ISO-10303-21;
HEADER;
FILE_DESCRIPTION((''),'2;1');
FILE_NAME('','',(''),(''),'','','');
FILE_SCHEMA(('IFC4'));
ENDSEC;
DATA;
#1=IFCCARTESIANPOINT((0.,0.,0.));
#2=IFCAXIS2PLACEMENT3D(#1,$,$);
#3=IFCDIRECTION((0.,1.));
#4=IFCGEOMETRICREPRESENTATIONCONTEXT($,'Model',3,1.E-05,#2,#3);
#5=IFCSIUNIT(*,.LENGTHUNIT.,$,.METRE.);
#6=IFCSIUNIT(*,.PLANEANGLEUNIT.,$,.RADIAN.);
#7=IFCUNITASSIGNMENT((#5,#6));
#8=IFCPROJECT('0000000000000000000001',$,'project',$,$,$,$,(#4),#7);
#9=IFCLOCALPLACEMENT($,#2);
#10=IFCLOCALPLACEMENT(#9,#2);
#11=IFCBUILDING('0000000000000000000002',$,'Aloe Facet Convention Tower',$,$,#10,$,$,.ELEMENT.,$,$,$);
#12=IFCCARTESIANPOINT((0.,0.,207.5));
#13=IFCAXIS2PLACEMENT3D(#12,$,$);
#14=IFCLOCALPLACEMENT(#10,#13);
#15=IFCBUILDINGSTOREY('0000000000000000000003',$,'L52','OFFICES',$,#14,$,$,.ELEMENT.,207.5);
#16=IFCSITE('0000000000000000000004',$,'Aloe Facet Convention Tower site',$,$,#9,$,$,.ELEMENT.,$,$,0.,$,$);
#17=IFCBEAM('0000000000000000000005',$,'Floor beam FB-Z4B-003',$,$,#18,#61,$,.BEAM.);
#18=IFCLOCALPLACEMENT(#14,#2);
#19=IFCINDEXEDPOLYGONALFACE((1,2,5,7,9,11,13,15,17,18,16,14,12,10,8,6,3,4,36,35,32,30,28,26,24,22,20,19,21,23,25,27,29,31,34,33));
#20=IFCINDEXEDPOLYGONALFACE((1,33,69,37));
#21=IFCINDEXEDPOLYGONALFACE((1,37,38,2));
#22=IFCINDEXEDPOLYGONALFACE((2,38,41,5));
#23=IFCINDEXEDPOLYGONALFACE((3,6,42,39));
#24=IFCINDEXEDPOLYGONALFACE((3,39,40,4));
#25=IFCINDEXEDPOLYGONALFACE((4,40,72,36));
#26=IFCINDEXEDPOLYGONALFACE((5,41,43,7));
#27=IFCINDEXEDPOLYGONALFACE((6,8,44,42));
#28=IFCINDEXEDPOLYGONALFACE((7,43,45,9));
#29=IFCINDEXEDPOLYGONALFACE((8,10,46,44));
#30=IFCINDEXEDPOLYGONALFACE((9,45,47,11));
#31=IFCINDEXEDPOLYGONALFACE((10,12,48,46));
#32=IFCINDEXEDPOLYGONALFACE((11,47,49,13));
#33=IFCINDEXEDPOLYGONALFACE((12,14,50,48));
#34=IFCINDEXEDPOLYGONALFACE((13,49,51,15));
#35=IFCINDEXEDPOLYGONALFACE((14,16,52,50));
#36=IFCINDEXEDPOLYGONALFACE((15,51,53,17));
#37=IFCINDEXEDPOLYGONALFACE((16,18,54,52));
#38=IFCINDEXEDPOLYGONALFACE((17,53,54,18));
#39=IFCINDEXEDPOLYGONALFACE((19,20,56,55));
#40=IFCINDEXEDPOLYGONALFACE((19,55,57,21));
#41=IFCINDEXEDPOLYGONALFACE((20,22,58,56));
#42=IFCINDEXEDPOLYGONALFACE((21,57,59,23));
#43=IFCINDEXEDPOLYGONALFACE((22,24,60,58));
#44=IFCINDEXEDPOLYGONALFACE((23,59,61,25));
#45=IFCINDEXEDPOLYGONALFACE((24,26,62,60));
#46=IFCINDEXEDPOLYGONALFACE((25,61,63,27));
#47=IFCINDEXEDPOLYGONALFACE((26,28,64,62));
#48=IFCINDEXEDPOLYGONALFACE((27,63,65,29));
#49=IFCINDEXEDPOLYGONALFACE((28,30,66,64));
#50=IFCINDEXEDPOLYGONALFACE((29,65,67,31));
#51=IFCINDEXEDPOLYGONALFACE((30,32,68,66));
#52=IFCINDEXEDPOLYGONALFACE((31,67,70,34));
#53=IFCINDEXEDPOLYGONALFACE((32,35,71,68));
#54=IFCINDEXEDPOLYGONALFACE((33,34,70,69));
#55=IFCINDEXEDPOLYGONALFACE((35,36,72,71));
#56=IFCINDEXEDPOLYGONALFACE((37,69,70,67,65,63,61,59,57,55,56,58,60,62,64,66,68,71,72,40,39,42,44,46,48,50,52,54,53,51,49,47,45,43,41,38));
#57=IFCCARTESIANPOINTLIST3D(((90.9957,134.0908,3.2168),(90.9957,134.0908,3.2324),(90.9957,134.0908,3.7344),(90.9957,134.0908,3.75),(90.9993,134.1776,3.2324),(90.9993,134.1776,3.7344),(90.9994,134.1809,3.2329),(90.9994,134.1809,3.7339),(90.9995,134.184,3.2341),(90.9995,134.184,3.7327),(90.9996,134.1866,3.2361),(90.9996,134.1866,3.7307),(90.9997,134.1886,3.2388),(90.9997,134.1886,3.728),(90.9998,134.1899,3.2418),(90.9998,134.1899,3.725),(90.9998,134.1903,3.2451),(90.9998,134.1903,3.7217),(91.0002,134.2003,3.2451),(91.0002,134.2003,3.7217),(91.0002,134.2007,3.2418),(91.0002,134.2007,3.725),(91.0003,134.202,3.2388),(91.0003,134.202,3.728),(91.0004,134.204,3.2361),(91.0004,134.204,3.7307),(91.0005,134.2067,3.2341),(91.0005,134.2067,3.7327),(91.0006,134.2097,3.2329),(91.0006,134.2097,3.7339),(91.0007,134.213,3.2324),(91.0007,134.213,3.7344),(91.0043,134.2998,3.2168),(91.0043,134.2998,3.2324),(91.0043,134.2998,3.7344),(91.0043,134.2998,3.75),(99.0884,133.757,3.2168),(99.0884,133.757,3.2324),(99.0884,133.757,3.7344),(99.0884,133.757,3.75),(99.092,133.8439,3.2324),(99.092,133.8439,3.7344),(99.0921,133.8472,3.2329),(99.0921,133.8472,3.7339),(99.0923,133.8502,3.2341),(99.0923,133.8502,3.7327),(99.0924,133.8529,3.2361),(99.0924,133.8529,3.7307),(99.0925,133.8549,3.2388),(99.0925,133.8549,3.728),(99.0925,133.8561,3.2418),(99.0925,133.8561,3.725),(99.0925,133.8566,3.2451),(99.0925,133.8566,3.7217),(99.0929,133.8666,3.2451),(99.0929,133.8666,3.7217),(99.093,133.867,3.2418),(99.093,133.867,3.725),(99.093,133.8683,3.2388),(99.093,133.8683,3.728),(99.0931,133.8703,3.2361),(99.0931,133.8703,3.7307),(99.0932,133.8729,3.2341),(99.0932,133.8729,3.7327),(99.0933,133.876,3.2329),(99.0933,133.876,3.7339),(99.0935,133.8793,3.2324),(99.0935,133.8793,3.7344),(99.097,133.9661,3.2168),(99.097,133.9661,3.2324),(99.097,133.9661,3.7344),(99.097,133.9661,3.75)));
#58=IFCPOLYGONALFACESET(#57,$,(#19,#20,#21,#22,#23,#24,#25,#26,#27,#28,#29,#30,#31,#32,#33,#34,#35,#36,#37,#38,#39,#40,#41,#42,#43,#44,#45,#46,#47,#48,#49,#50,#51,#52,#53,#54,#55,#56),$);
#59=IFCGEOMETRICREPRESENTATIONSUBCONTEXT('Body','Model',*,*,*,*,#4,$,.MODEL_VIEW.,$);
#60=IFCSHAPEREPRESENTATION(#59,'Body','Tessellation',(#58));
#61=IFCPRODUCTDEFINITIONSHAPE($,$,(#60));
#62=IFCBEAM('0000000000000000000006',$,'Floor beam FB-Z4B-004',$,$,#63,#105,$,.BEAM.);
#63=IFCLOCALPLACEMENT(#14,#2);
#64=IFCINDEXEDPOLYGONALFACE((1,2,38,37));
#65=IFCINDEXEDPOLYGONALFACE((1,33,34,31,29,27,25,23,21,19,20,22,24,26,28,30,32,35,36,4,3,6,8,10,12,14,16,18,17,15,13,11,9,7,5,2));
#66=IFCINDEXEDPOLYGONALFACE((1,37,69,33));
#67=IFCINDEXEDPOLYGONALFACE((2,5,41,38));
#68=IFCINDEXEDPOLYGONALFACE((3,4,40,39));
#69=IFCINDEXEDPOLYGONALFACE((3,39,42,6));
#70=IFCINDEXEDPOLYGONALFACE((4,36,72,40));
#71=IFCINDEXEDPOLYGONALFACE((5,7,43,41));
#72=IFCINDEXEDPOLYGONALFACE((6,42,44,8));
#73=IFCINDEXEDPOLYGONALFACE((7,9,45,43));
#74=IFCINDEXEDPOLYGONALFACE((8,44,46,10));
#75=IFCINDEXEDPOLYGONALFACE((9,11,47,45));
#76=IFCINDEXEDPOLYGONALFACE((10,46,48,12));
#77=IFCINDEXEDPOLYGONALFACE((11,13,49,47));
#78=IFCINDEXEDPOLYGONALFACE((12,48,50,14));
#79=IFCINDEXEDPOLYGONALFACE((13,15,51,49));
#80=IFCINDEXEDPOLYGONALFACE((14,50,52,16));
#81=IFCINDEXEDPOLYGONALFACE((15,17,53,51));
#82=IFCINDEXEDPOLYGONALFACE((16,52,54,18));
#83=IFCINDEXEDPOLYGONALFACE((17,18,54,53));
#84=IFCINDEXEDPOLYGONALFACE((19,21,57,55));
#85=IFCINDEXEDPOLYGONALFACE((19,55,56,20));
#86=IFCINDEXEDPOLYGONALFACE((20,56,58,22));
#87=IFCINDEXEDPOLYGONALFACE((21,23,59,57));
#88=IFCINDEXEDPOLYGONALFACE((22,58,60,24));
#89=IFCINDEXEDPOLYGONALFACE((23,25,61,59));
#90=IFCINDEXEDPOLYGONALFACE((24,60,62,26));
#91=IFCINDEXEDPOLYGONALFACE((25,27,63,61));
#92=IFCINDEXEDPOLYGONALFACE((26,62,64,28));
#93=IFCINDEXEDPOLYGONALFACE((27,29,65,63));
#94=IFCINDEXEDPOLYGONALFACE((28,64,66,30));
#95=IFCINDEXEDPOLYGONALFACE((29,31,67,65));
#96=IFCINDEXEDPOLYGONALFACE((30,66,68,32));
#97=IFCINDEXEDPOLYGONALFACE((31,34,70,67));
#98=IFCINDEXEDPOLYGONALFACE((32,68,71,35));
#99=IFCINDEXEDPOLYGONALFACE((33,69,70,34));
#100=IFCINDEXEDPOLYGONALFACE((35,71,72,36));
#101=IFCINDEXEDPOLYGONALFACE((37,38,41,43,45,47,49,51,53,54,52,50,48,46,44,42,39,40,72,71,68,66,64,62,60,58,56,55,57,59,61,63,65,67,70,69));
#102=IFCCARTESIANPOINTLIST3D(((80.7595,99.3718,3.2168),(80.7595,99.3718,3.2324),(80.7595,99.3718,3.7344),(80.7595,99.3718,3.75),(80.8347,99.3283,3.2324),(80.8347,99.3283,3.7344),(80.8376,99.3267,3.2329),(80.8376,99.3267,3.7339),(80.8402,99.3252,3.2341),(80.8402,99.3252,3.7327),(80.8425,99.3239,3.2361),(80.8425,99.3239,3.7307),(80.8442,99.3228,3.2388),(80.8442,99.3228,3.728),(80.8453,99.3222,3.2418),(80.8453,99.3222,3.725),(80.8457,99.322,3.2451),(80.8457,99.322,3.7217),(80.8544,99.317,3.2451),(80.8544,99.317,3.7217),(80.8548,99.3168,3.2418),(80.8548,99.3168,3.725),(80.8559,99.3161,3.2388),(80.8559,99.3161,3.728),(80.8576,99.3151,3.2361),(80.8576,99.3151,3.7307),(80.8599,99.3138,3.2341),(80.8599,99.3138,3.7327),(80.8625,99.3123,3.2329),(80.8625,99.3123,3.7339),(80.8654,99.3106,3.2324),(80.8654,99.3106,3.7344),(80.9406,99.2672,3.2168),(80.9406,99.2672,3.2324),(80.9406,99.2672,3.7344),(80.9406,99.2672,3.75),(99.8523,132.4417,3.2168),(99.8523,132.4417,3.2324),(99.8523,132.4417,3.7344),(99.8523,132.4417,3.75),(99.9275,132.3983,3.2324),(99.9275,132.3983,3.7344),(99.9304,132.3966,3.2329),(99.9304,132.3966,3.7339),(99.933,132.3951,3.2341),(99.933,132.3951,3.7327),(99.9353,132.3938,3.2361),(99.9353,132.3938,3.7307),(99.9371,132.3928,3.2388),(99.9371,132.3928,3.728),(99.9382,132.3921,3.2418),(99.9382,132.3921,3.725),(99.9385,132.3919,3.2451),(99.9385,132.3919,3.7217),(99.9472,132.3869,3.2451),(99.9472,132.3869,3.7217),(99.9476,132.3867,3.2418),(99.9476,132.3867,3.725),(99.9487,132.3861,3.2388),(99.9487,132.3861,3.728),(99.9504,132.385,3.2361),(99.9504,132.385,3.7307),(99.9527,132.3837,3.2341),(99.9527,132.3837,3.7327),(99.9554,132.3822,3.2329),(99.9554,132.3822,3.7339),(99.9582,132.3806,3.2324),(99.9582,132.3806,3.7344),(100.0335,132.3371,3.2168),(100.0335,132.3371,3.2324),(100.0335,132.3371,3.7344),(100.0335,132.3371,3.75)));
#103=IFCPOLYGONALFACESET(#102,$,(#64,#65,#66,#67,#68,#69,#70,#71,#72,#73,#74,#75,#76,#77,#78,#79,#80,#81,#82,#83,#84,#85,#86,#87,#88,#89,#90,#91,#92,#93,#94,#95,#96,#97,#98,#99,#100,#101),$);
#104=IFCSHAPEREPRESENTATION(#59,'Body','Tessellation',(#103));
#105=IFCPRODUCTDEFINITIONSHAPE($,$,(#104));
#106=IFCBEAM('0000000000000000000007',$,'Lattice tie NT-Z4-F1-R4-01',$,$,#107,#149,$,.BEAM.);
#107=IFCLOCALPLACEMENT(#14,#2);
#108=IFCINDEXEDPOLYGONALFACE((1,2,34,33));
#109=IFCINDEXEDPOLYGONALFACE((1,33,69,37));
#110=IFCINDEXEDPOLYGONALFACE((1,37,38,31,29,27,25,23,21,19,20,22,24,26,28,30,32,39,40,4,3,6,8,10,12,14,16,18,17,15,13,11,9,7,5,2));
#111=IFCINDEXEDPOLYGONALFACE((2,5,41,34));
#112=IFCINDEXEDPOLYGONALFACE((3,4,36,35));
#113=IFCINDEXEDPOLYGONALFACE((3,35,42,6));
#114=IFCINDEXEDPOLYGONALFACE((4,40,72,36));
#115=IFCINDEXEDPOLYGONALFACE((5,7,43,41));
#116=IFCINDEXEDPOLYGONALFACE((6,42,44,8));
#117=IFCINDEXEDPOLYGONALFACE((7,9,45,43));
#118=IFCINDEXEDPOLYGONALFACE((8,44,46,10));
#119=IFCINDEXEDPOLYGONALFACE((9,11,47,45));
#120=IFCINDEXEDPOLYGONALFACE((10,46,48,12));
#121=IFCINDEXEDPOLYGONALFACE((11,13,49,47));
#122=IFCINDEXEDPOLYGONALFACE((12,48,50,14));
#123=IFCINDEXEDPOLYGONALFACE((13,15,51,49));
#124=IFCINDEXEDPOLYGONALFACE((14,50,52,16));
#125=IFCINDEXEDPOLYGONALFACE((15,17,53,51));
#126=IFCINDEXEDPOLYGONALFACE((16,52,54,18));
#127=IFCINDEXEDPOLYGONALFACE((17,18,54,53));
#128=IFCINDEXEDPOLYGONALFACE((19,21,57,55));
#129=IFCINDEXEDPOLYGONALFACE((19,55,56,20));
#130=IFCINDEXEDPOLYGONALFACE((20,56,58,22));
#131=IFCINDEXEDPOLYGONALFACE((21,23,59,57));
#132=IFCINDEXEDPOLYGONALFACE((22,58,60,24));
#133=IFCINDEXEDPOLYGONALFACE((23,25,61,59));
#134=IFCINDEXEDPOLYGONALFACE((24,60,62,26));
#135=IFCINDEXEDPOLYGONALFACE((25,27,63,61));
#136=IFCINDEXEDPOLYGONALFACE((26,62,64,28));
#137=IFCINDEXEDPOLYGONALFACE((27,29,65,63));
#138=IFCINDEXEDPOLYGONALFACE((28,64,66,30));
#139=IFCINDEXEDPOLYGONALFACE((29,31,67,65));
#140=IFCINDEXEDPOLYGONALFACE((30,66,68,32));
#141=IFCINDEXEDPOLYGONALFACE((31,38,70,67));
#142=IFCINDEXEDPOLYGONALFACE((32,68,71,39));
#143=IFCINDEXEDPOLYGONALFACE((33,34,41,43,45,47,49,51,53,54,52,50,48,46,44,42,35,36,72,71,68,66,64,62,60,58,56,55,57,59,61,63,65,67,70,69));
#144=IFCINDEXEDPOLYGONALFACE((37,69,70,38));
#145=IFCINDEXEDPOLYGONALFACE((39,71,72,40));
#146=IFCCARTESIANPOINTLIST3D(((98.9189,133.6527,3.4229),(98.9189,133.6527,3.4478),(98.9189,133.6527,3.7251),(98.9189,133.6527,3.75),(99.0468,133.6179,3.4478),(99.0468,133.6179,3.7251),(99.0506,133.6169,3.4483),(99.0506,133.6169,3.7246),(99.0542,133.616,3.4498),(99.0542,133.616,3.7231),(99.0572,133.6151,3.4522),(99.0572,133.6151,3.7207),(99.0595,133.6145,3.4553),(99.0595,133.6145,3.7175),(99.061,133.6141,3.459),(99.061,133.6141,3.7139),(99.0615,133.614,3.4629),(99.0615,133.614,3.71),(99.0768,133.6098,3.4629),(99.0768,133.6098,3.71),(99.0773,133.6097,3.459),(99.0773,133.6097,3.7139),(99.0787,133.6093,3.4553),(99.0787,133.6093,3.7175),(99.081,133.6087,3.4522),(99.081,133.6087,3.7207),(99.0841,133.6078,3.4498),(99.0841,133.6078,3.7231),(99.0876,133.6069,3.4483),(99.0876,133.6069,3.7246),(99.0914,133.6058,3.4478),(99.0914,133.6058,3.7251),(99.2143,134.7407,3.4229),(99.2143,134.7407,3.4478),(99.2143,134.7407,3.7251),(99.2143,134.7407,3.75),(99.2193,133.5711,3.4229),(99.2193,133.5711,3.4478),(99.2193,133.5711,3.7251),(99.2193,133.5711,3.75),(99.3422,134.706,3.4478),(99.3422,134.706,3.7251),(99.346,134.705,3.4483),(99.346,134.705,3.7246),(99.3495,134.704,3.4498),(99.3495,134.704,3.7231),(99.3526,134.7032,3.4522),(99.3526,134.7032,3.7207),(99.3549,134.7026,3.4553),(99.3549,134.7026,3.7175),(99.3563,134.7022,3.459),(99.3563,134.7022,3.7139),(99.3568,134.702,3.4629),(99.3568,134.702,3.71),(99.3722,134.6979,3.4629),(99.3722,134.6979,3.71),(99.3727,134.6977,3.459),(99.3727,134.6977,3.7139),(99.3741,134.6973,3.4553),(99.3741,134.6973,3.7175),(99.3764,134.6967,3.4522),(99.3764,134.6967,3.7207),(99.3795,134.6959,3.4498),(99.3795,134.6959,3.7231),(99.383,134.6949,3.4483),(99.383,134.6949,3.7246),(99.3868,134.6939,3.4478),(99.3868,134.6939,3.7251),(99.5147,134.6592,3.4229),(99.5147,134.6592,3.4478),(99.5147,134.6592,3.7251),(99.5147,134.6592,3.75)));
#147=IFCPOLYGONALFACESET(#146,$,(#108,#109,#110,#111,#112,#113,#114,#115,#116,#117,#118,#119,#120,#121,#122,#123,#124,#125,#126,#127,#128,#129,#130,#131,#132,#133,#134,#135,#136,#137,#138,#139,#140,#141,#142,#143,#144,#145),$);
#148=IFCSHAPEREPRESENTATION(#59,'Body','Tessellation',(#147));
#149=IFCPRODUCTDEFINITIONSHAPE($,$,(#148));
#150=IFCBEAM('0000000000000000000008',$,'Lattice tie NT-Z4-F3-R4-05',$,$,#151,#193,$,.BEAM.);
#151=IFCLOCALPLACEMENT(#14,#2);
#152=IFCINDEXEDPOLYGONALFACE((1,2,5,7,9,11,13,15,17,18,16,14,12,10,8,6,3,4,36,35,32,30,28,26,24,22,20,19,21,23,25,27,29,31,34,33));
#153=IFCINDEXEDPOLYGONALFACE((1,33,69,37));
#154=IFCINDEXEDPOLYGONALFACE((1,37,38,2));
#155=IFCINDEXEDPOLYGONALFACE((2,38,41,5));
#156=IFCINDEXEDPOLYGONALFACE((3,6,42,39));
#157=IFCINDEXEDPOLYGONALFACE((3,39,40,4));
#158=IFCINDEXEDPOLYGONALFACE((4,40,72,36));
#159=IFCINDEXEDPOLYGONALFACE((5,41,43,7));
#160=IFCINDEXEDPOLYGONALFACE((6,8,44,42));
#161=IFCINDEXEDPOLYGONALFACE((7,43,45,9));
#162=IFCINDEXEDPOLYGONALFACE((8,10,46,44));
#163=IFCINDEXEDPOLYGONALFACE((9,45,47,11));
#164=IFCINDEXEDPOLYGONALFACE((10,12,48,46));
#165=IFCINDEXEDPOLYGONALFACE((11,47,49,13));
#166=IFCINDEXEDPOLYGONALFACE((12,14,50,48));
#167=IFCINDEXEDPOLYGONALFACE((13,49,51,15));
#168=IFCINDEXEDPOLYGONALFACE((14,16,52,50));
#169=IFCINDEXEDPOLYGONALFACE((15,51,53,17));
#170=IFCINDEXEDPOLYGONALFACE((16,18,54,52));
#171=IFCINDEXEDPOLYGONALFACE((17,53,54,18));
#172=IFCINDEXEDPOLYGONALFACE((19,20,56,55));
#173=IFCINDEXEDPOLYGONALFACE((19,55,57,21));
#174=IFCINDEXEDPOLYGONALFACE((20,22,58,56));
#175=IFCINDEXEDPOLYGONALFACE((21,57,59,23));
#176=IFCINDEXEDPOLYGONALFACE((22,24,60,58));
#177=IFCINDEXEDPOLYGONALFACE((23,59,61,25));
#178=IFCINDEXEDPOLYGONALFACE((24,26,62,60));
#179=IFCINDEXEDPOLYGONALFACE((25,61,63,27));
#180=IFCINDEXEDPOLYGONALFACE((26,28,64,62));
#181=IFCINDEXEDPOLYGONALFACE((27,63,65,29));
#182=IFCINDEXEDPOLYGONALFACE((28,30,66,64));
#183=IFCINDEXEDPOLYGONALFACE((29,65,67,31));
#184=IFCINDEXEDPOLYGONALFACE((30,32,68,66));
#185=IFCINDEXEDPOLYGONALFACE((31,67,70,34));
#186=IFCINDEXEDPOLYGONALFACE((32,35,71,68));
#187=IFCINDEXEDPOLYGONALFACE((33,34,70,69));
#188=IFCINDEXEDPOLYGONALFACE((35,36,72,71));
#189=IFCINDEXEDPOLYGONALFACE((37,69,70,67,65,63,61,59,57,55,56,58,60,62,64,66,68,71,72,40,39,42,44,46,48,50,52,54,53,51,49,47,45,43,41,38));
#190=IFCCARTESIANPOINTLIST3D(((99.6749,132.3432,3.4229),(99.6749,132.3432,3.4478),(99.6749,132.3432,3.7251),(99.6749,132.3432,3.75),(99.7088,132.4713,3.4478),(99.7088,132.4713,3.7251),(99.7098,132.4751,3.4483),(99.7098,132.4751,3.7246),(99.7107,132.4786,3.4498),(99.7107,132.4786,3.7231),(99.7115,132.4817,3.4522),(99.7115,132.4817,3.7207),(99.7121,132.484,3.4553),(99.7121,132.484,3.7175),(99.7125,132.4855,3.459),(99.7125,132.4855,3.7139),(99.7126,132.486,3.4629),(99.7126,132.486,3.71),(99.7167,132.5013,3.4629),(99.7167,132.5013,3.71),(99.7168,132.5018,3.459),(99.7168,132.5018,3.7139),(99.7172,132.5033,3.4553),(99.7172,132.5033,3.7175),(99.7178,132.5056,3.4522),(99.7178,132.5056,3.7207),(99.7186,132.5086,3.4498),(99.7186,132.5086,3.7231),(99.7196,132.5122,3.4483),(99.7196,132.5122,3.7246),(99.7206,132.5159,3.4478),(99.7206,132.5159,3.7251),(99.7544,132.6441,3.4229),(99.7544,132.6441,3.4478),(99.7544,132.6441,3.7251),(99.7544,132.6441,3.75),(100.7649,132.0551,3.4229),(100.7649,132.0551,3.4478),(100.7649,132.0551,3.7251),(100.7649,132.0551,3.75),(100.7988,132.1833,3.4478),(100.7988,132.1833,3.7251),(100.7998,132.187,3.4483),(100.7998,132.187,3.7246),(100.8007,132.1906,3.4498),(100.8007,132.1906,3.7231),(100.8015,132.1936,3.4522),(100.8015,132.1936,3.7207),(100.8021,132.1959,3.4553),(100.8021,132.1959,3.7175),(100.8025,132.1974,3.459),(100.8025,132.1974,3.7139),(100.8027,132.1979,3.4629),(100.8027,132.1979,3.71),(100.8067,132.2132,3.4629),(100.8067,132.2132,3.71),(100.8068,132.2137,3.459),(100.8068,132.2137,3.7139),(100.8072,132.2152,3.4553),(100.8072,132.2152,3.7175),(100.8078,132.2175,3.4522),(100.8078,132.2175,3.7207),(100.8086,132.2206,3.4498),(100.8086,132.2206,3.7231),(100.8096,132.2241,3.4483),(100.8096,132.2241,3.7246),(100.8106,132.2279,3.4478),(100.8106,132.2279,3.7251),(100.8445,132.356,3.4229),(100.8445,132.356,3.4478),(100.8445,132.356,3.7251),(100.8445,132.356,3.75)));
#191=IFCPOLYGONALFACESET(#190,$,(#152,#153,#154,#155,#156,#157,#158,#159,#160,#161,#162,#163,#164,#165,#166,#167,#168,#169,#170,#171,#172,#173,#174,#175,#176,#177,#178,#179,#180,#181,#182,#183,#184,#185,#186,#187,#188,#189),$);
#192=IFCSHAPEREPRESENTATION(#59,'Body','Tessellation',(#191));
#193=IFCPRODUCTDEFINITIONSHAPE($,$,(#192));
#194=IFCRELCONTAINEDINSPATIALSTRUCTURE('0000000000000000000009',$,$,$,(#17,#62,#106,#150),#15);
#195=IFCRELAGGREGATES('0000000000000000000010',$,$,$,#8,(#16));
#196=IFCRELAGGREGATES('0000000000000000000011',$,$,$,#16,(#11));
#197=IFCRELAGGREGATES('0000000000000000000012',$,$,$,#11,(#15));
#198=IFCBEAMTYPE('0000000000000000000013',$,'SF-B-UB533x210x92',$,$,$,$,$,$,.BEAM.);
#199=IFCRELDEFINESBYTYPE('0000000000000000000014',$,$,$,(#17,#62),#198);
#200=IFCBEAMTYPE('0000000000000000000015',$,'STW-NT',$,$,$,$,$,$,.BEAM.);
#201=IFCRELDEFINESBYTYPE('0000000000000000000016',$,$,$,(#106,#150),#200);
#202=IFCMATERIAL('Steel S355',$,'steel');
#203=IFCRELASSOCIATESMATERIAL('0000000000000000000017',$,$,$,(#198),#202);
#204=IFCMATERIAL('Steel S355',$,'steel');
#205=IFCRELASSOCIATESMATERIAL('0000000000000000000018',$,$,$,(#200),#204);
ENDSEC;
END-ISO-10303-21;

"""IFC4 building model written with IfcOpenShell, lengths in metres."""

from ifc_helpers import new_model, si_unit, direction, frame, origin, origin_2d, place, context, subcontext, project, spatial, i_section, extrude, material, material_profile, profile_set, type_object, element, save


model = new_model("IFC4")

# Units and contexts
model_context = context("Model", 3, precision=1e-05, world=origin(), true_north=direction((0.0, 1.0)))
body_context = subcontext(model_context, "Body", "Model", "MODEL_VIEW")
ifc_project = project(units=[si_unit("LENGTHUNIT", "METRE"), si_unit("PLANEANGLEUNIT", "RADIAN")], contexts=[model_context])

# Site, building, storey
site_placement = place(None, origin())
site = spatial("IfcSite", under=ifc_project, at=site_placement, Name="Aloe Facet Convention Tower site", CompositionType="ELEMENT", RefElevation=0.0)
building_placement = place(site_placement, origin())
building = spatial("IfcBuilding", under=site, at=building_placement, Name="Aloe Facet Convention Tower", CompositionType="ELEMENT")
storey_placement = place(building_placement, frame((0.0, 0.0, 207.5)))
storey = spatial("IfcBuildingStorey", under=building, at=storey_placement, Name="L52", Description="OFFICES", CompositionType="ELEMENT", Elevation=207.5)

# Beams
ifc_material_1 = material(Name="Steel S355", Category="steel")
ifc_material_profile_1 = material_profile(ifc_material_1, i_section(OverallWidth=0.2092, OverallDepth=0.5332, WebThickness=0.01, FlangeThickness=0.0156, FilletRadius=0.0127, at=origin_2d()), Name="UB 533x210x92")
ifc_profile_set_1 = profile_set([ifc_material_profile_1], Name="Steel S355")
beam_type_1 = type_object("IfcBeamType", Name="SF-B-UB533x210x92", PredefinedType="BEAM", material=ifc_profile_set_1)
beam_1_placement = place(storey_placement, frame((91.0, 134.1953, 3.4834), z_axis=(0.999151, -0.041204, 0.0), x_axis=(0.041204, 0.999151, 0.0)))
element("IfcBeam", 1, at=beam_1_placement, inside=storey, type_object=beam_type_1, Name="Floor beam FB-Z4B-003", PredefinedType="BEAM", context=body_context, shape_type="SweptSolid", body=[
    extrude(i_section(OverallWidth=0.2092, OverallDepth=0.5332, WebThickness=0.01, FlangeThickness=0.0156, FilletRadius=0.0127, at=origin_2d()), origin(), (0.0, 0.0, 1.0), 8.0996),
])
beam_2_placement = place(storey_placement, frame((99.9429, 132.3894, 3.4834), z_axis=(-0.499998, -0.866027, 0.0), x_axis=(0.866027, -0.499998, 0.0)))
element("IfcBeam", 2, at=beam_2_placement, inside=storey, type_object=beam_type_1, Name="Floor beam FB-Z4B-004", PredefinedType="BEAM", context=body_context, shape_type="SweptSolid", body=[
    extrude(i_section(OverallWidth=0.2092, OverallDepth=0.5332, WebThickness=0.01, FlangeThickness=0.0156, FilletRadius=0.0127, at=origin_2d()), origin(), (0.0, 0.0, 1.0), 38.1858),
])
ifc_material_2 = material(Name="Steel S355", Category="steel")
ifc_material_profile_2 = material_profile(ifc_material_2, i_section(OverallWidth=0.3113, OverallDepth=0.3271, WebThickness=0.0159, FlangeThickness=0.0249, FilletRadius=0.0151, at=origin_2d()), Name="UC 305x305x158")
ifc_profile_set_2 = profile_set([ifc_material_profile_2], Name="Steel S355")
beam_type_2 = type_object("IfcBeamType", Name="STW-NT", PredefinedType="BEAM", material=ifc_profile_set_2)
for number, where, z_axis, x_axis, name in (
    (3, (99.3645, 134.7, 3.5864), (-0.262, -0.965068, 0.0), (0.965068, -0.262, 0.0), "Lattice tie NT-Z4-F1-R4-01"),
    (4, (100.8047, 132.2056, 3.5864), (-0.966808, 0.255506, 0.0), (-0.255506, -0.966808, 0.0), "Lattice tie NT-Z4-F3-R4-05"),
):
    element("IfcBeam", number, at=place(storey_placement, frame(where, z_axis=z_axis, x_axis=x_axis)), inside=storey, type_object=beam_type_2, Name=name, PredefinedType="BEAM", context=body_context, shape_type="SweptSolid", body=[
        extrude(i_section(OverallWidth=0.3113, OverallDepth=0.3271, WebThickness=0.0159, FlangeThickness=0.0249, FilletRadius=0.0151, at=origin_2d()), origin(), (0.0, 0.0, 1.0), 1.1274),
    ])

save(model, "model.ifc")
